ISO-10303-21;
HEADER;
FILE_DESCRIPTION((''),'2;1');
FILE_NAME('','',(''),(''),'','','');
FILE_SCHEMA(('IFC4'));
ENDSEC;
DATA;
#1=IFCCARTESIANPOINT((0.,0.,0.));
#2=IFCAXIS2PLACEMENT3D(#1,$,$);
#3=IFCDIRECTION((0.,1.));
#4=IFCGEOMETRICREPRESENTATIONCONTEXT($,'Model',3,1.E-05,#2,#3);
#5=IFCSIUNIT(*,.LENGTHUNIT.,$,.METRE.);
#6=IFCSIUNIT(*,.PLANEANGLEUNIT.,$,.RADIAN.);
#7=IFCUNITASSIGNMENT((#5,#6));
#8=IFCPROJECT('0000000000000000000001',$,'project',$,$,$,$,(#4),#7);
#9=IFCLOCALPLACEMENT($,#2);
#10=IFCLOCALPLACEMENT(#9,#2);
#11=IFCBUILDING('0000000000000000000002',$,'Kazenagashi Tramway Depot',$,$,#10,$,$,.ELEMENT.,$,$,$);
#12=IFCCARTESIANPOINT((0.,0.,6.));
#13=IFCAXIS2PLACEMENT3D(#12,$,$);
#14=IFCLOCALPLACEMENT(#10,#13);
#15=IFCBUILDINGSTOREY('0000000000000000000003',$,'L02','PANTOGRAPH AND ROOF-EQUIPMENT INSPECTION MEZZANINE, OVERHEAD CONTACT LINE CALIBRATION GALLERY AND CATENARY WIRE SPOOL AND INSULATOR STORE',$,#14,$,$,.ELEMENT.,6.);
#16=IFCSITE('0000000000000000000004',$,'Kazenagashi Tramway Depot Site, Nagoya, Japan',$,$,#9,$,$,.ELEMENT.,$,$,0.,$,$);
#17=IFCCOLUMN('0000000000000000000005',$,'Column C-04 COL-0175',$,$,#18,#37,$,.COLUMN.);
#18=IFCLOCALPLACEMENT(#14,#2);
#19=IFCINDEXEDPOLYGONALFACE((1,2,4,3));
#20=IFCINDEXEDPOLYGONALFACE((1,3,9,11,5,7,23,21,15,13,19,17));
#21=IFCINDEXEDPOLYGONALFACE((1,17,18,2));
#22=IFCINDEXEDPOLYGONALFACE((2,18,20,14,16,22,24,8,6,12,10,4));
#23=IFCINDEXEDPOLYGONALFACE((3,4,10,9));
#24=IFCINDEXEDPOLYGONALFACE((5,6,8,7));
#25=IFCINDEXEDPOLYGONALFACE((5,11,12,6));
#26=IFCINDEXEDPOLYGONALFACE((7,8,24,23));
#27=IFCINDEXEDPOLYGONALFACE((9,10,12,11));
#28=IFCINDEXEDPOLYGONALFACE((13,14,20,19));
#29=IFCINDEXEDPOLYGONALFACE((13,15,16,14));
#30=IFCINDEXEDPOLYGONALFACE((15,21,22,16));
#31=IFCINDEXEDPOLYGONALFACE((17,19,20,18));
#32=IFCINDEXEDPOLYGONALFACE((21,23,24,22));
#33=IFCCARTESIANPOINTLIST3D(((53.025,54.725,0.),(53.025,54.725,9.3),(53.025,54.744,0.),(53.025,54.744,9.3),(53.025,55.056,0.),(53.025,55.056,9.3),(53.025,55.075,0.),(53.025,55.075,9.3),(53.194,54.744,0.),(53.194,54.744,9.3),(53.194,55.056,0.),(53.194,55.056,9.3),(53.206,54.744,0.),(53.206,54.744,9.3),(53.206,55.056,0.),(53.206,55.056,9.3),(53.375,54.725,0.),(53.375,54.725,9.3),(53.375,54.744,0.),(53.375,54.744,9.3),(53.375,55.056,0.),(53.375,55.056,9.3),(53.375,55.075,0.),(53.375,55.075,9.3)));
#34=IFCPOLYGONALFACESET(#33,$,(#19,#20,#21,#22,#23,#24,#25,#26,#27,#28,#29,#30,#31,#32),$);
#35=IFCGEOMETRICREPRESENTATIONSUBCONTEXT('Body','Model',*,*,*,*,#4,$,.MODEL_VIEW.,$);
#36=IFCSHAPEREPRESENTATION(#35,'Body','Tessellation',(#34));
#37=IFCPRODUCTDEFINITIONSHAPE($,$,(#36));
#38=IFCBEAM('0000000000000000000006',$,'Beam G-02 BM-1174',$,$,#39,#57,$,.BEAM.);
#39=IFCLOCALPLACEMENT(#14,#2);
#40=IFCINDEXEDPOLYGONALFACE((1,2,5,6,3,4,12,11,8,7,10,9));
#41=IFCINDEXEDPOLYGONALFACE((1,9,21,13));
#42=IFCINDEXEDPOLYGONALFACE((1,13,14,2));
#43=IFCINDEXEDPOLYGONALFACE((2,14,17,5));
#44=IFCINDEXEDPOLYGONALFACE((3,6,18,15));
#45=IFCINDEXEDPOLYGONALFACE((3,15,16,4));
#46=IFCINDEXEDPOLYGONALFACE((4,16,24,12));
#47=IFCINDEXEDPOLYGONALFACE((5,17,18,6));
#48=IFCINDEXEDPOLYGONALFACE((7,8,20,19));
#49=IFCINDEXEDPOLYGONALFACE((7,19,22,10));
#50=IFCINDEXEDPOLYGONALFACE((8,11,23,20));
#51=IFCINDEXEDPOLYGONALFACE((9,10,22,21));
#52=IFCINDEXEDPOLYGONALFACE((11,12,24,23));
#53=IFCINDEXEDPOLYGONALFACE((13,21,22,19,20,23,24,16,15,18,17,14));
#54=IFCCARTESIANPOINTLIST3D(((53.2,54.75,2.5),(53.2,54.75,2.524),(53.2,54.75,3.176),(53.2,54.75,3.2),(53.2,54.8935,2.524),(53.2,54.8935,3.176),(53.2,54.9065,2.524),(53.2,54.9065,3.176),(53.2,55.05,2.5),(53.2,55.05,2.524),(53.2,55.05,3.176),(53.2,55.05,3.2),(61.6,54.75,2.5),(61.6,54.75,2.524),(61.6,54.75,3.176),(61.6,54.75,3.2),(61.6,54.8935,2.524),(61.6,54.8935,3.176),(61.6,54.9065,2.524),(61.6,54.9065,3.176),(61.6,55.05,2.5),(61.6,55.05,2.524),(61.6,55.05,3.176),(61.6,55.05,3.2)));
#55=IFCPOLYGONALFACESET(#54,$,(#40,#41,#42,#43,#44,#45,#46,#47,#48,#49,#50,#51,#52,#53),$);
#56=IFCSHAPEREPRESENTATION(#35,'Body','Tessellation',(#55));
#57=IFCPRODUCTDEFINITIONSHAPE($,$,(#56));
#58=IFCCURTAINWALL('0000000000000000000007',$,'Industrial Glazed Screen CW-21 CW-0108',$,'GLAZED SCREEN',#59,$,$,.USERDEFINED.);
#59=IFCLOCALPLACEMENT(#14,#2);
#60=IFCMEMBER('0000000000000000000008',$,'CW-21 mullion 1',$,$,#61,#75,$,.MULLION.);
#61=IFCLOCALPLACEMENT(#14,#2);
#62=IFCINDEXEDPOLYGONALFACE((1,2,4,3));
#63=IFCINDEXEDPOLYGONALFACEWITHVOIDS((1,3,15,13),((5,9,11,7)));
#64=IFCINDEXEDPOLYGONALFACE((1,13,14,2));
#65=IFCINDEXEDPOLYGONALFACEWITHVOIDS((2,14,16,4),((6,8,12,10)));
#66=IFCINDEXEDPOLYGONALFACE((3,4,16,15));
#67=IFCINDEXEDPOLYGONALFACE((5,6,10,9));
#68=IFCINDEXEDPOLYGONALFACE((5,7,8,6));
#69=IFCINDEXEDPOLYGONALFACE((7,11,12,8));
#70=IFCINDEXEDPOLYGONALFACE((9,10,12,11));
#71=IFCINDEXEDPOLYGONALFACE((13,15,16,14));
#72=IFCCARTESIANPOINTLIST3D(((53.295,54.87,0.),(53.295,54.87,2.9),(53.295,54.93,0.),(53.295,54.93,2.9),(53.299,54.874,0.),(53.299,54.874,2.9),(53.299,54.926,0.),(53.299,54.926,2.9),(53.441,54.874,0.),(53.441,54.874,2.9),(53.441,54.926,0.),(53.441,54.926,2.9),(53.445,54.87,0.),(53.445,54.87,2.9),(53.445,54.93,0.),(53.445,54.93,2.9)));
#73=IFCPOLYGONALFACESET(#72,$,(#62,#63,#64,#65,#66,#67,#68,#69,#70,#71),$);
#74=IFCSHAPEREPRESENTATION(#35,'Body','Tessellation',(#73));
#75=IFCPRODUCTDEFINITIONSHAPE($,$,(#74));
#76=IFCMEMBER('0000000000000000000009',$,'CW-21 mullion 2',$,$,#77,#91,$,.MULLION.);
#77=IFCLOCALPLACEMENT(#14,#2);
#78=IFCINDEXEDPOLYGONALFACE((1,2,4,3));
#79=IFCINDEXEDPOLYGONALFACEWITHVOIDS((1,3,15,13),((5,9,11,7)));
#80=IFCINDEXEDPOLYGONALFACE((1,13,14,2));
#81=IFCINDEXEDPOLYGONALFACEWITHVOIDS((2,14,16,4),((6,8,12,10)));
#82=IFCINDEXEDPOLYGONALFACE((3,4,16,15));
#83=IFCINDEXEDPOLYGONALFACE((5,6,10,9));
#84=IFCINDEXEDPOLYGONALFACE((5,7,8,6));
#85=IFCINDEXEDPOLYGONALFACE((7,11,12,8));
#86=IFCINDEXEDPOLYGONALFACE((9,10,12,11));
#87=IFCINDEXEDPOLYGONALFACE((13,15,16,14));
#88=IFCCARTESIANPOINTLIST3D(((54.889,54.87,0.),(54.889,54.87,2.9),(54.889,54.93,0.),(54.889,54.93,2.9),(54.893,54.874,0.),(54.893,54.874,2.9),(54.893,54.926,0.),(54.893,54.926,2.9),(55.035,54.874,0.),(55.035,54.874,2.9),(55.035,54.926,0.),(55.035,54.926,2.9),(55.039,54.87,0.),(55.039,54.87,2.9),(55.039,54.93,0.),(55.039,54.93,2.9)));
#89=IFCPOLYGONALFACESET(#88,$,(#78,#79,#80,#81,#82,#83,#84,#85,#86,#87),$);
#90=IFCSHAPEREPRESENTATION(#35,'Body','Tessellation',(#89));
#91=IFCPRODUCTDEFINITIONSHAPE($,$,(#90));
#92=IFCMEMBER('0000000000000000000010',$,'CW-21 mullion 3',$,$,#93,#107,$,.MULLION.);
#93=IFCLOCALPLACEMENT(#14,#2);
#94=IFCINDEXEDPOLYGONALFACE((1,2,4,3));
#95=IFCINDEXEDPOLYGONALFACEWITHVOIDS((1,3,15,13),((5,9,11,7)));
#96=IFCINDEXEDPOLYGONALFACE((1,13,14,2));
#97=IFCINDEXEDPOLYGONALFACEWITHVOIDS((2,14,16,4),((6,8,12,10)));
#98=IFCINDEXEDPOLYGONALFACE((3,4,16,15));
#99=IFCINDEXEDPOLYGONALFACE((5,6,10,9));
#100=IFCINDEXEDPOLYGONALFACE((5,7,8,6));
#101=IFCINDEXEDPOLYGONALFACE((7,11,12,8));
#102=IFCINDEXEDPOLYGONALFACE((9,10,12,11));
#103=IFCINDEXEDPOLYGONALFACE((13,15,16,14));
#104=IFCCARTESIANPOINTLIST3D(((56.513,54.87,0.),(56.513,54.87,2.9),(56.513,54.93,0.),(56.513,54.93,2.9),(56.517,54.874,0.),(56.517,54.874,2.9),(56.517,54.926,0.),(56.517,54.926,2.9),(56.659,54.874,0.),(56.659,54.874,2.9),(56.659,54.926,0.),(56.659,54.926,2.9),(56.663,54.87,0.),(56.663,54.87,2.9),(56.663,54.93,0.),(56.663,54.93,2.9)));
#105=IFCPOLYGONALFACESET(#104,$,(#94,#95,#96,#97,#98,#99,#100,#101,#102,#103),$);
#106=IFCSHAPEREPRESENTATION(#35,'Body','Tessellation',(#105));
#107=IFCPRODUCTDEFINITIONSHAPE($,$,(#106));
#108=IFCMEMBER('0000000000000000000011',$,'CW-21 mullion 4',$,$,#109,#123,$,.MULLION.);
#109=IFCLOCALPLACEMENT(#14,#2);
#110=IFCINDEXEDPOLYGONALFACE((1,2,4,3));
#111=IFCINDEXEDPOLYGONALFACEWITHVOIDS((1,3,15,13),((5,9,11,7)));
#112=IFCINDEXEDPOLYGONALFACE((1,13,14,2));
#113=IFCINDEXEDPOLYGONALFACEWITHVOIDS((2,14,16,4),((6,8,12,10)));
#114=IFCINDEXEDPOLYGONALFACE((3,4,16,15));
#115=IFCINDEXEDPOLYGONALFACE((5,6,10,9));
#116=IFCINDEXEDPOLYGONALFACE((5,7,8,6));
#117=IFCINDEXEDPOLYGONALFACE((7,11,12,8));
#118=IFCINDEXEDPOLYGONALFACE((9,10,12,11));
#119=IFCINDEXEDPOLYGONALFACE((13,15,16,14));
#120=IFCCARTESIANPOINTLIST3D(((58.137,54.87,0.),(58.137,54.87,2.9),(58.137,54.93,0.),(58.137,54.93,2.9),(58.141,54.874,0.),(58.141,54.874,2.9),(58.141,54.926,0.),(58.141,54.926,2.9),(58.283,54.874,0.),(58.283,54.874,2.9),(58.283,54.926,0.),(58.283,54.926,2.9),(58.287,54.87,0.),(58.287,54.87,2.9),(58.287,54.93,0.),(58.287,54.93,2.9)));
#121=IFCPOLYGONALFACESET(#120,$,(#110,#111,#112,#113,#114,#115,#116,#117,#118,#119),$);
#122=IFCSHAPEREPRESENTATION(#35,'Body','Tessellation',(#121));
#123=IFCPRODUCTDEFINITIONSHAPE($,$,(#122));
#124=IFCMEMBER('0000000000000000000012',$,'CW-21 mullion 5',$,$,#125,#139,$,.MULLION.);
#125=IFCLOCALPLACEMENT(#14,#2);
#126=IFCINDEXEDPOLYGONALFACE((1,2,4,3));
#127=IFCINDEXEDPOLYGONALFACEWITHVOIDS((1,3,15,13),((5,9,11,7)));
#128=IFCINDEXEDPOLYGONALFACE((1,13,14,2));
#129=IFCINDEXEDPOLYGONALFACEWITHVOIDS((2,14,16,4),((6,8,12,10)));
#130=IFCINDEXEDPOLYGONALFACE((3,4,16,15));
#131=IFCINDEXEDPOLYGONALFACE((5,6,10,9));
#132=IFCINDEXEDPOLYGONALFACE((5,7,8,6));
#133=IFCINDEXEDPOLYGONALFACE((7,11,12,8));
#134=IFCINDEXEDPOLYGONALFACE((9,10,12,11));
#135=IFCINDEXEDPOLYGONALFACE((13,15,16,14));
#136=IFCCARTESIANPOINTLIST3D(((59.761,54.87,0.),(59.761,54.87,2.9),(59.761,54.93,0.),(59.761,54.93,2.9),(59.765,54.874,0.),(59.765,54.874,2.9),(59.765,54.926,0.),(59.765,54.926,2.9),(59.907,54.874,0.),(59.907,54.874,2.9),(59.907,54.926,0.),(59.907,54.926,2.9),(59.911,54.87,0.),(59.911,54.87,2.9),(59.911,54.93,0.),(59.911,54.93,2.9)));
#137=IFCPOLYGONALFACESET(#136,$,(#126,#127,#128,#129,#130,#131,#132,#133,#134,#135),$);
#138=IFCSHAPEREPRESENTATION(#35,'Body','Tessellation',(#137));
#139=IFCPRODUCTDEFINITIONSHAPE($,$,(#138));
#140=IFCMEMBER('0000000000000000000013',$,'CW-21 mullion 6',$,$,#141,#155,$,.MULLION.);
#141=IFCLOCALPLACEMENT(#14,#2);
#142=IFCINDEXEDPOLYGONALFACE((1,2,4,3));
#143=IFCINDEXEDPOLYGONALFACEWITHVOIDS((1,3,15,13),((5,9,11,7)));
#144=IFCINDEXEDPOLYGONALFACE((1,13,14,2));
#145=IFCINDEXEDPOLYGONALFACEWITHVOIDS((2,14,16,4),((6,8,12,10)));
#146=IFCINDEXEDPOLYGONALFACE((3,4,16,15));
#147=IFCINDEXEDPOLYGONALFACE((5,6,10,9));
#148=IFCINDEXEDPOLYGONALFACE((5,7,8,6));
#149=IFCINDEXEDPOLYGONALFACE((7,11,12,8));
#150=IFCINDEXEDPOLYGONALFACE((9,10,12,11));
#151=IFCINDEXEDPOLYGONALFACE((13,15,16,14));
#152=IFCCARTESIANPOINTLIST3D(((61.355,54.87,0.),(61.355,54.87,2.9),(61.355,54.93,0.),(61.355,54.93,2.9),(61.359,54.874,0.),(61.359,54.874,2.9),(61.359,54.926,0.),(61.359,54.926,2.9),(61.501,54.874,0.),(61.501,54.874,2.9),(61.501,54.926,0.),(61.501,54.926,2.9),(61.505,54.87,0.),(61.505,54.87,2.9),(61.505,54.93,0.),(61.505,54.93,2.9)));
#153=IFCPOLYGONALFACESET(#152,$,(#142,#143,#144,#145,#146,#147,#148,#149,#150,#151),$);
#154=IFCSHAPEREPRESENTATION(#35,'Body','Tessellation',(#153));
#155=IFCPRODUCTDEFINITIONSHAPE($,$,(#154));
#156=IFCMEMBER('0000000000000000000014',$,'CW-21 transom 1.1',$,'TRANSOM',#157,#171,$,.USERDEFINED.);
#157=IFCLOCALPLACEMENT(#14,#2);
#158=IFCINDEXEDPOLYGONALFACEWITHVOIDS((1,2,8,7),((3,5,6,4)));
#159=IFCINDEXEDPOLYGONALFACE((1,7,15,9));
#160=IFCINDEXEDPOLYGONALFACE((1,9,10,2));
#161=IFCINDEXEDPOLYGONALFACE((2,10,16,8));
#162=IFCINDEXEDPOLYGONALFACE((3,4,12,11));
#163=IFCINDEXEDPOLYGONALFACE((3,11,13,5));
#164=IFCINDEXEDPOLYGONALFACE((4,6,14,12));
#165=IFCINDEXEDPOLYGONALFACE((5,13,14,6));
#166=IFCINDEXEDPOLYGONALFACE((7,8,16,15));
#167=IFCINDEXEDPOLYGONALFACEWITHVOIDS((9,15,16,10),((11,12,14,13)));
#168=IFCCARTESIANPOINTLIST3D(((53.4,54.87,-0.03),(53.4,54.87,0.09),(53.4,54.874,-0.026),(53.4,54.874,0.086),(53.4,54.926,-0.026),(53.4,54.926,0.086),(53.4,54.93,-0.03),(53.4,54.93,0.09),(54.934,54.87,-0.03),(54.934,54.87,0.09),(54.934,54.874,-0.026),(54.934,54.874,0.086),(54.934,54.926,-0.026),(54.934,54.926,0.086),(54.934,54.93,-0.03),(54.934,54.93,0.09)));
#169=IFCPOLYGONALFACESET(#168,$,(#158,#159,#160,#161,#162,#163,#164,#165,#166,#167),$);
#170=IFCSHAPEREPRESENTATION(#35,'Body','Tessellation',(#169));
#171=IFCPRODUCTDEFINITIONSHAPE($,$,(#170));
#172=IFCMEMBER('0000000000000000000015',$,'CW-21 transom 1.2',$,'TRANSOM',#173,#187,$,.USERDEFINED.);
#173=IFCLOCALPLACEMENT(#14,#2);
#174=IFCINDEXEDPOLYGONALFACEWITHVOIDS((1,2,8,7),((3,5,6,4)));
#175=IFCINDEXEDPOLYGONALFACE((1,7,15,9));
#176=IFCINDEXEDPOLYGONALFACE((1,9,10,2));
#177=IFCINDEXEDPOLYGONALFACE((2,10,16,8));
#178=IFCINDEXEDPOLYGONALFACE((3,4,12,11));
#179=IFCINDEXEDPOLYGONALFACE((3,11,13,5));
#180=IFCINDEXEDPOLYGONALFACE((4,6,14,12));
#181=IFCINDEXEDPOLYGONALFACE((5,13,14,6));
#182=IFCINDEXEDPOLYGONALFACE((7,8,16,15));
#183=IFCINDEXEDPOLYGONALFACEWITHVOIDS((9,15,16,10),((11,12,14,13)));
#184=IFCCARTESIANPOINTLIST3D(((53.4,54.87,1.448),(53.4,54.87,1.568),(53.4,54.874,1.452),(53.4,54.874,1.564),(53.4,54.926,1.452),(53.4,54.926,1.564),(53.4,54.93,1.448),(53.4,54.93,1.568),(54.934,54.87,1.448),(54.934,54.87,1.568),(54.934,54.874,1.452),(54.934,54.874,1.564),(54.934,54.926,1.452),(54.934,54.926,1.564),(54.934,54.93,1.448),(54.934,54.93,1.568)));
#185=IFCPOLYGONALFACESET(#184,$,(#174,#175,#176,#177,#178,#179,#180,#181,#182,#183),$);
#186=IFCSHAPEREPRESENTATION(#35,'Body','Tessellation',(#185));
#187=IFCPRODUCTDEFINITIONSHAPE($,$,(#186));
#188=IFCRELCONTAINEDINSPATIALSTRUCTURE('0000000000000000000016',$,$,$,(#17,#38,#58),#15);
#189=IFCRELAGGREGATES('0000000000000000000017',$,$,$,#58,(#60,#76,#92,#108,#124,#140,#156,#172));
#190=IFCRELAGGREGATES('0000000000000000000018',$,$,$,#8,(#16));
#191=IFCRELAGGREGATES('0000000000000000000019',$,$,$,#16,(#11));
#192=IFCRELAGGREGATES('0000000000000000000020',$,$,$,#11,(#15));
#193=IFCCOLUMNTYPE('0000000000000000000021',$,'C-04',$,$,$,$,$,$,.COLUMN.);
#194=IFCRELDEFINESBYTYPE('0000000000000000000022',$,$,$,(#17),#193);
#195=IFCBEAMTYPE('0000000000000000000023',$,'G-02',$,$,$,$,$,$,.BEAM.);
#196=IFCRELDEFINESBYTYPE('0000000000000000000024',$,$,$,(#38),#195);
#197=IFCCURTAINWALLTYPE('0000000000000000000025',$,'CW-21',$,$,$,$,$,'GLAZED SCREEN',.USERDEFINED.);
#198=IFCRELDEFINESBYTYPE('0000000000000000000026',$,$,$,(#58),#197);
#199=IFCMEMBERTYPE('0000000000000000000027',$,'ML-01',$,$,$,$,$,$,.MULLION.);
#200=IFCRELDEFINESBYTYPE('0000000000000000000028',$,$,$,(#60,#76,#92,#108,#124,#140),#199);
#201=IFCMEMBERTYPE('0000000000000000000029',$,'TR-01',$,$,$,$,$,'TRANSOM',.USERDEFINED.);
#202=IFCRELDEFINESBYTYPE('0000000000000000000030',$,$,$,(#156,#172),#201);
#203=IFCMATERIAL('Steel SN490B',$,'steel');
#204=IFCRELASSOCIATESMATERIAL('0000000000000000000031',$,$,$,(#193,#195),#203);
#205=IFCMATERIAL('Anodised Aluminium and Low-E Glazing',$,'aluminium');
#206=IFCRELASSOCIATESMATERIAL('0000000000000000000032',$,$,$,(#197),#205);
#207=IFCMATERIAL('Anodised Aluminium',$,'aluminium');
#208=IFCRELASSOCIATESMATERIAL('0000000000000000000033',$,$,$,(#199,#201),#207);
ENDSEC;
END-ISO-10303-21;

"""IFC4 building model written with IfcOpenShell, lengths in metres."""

from ifc_helpers import new_model, si_unit, direction, frame, origin, origin_2d, place, context, subcontext, project, spatial, hollow_rectangle, i_section, extrude, material, material_profile, profile_set, type_object, element, aggregate, save


model = new_model("IFC4")

# Units and contexts
model_context = context("Model", 3, precision=1e-05, world=origin(), true_north=direction((0.0, 1.0)))
body_context = subcontext(model_context, "Body", "Model", "MODEL_VIEW")
ifc_project = project(units=[si_unit("LENGTHUNIT", "METRE"), si_unit("PLANEANGLEUNIT", "RADIAN")], contexts=[model_context])

# Site, building, storey
site_placement = place(None, origin())
site = spatial("IfcSite", under=ifc_project, at=site_placement, Name="Kazenagashi Tramway Depot Site, Nagoya, Japan", CompositionType="ELEMENT", RefElevation=0.0)
building_placement = place(site_placement, origin())
building = spatial("IfcBuilding", under=site, at=building_placement, Name="Kazenagashi Tramway Depot", CompositionType="ELEMENT")
storey_placement = place(building_placement, frame((0.0, 0.0, 6.0)))
storey = spatial("IfcBuildingStorey", under=building, at=storey_placement, Name="L02", Description="PANTOGRAPH AND ROOF-EQUIPMENT INSPECTION MEZZANINE, OVERHEAD CONTACT LINE CALIBRATION GALLERY AND CATENARY WIRE SPOOL AND INSULATOR STORE", CompositionType="ELEMENT", Elevation=6.0)

# Column
ifc_material_1 = material(Name="Steel SN490B", Category="steel")
ifc_material_profile_1 = material_profile(ifc_material_1, i_section(OverallWidth=0.35, OverallDepth=0.35, WebThickness=0.012, FlangeThickness=0.019, at=origin_2d()), Name="H-350x350x12x19")
ifc_profile_set_1 = profile_set([ifc_material_profile_1], Name="Steel SN490B")
column_type = type_object("IfcColumnType", Name="C-04", PredefinedType="COLUMN", material=ifc_profile_set_1)
column_placement = place(storey_placement, frame((53.2, 54.9, 0.0), z_axis=(0.0, 0.0, 1.0), x_axis=(1.0, 0.0, 0.0)))
element("IfcColumn", 1, at=column_placement, inside=storey, type_object=column_type, Name="Column C-04 COL-0175", PredefinedType="COLUMN", context=body_context, shape_type="SweptSolid", body=[
    extrude(i_section(OverallWidth=0.35, OverallDepth=0.35, WebThickness=0.012, FlangeThickness=0.019, at=origin_2d()), origin(), (0.0, 0.0, 1.0), 9.3),
])

# Beam
ifc_material_profile_2 = material_profile(ifc_material_1, i_section(OverallWidth=0.3, OverallDepth=0.7, WebThickness=0.013, FlangeThickness=0.024, at=origin_2d()), Name="H-700x300x13x24")
ifc_profile_set_2 = profile_set([ifc_material_profile_2], Name="Steel SN490B")
beam_type = type_object("IfcBeamType", Name="G-02", PredefinedType="BEAM", material=ifc_profile_set_2)
beam_placement = place(storey_placement, frame((53.2, 54.9, 2.85), z_axis=(1.0, 0.0, 0.0), x_axis=(0.0, 1.0, 0.0)))
element("IfcBeam", 2, at=beam_placement, inside=storey, type_object=beam_type, Name="Beam G-02 BM-1174", PredefinedType="BEAM", context=body_context, shape_type="SweptSolid", body=[
    extrude(i_section(OverallWidth=0.3, OverallDepth=0.7, WebThickness=0.013, FlangeThickness=0.024, at=origin_2d()), origin(), (0.0, 0.0, 1.0), 8.4),
])

# Curtain wall, members
ifc_material_2 = material(Name="Anodised Aluminium and Low-E Glazing", Category="aluminium")
curtain_wall_type = type_object("IfcCurtainWallType", Name="CW-21", ElementType="GLAZED SCREEN", PredefinedType="USERDEFINED", material=ifc_material_2)
curtain_wall_placement = place(storey_placement, origin())
curtain_wall = element("IfcCurtainWall", 3, at=curtain_wall_placement, inside=storey, type_object=curtain_wall_type, Name="Industrial Glazed Screen CW-21 CW-0108", ObjectType="GLAZED SCREEN", PredefinedType="USERDEFINED")
ifc_material_3 = material(Name="Anodised Aluminium", Category="aluminium")
ifc_material_profile_3 = material_profile(ifc_material_3, hollow_rectangle(XDim=0.06, YDim=0.15, WallThickness=0.004, at=origin_2d()), Name="RHS-150x60x4")
ifc_profile_set_3 = profile_set([ifc_material_profile_3], Name="Anodised Aluminium")
member_type_1 = type_object("IfcMemberType", Name="ML-01", PredefinedType="MULLION", material=ifc_profile_set_3)
member_1_placement = place(storey_placement, frame((53.37, 54.9, 0.0), z_axis=(0.0, 0.0, 1.0), x_axis=(0.0, 1.0, 0.0)))
member_1 = element("IfcMember", 4, at=member_1_placement, type_object=member_type_1, Name="CW-21 mullion 1", PredefinedType="MULLION", context=body_context, shape_type="SweptSolid", body=[
    extrude(hollow_rectangle(XDim=0.06, YDim=0.15, WallThickness=0.004, at=origin_2d()), origin(), (0.0, 0.0, 1.0), 2.9),
])
member_2_placement = place(storey_placement, frame((54.964, 54.9, 0.0), z_axis=(0.0, 0.0, 1.0), x_axis=(0.0, 1.0, 0.0)))
member_2 = element("IfcMember", 5, at=member_2_placement, type_object=member_type_1, Name="CW-21 mullion 2", PredefinedType="MULLION", context=body_context, shape_type="SweptSolid", body=[
    extrude(hollow_rectangle(XDim=0.06, YDim=0.15, WallThickness=0.004, at=origin_2d()), origin(), (0.0, 0.0, 1.0), 2.9),
])
member_3_placement = place(storey_placement, frame((56.588, 54.9, 0.0), z_axis=(0.0, 0.0, 1.0), x_axis=(0.0, 1.0, 0.0)))
member_3 = element("IfcMember", 6, at=member_3_placement, type_object=member_type_1, Name="CW-21 mullion 3", PredefinedType="MULLION", context=body_context, shape_type="SweptSolid", body=[
    extrude(hollow_rectangle(XDim=0.06, YDim=0.15, WallThickness=0.004, at=origin_2d()), origin(), (0.0, 0.0, 1.0), 2.9),
])
member_4_placement = place(storey_placement, frame((58.212, 54.9, 0.0), z_axis=(0.0, 0.0, 1.0), x_axis=(0.0, 1.0, 0.0)))
member_4 = element("IfcMember", 7, at=member_4_placement, type_object=member_type_1, Name="CW-21 mullion 4", PredefinedType="MULLION", context=body_context, shape_type="SweptSolid", body=[
    extrude(hollow_rectangle(XDim=0.06, YDim=0.15, WallThickness=0.004, at=origin_2d()), origin(), (0.0, 0.0, 1.0), 2.9),
])
member_5_placement = place(storey_placement, frame((59.836, 54.9, 0.0), z_axis=(0.0, 0.0, 1.0), x_axis=(0.0, 1.0, 0.0)))
member_5 = element("IfcMember", 8, at=member_5_placement, type_object=member_type_1, Name="CW-21 mullion 5", PredefinedType="MULLION", context=body_context, shape_type="SweptSolid", body=[
    extrude(hollow_rectangle(XDim=0.06, YDim=0.15, WallThickness=0.004, at=origin_2d()), origin(), (0.0, 0.0, 1.0), 2.9),
])
member_6_placement = place(storey_placement, frame((61.43, 54.9, 0.0), z_axis=(0.0, 0.0, 1.0), x_axis=(0.0, 1.0, 0.0)))
member_6 = element("IfcMember", 9, at=member_6_placement, type_object=member_type_1, Name="CW-21 mullion 6", PredefinedType="MULLION", context=body_context, shape_type="SweptSolid", body=[
    extrude(hollow_rectangle(XDim=0.06, YDim=0.15, WallThickness=0.004, at=origin_2d()), origin(), (0.0, 0.0, 1.0), 2.9),
])
ifc_material_profile_4 = material_profile(ifc_material_3, hollow_rectangle(XDim=0.06, YDim=0.12, WallThickness=0.004, at=origin_2d()), Name="RHS-120x60x4")
ifc_profile_set_4 = profile_set([ifc_material_profile_4], Name="Anodised Aluminium")
member_type_2 = type_object("IfcMemberType", Name="TR-01", ElementType="TRANSOM", PredefinedType="USERDEFINED", material=ifc_profile_set_4)
member_7_placement = place(storey_placement, frame((53.4, 54.9, 0.03), z_axis=(1.0, 0.0, 0.0), x_axis=(0.0, 1.0, 0.0)))
member_7 = element("IfcMember", 10, at=member_7_placement, type_object=member_type_2, Name="CW-21 transom 1.1", ObjectType="TRANSOM", PredefinedType="USERDEFINED", context=body_context, shape_type="SweptSolid", body=[
    extrude(hollow_rectangle(XDim=0.06, YDim=0.12, WallThickness=0.004, at=origin_2d()), origin(), (0.0, 0.0, 1.0), 1.534),
])
member_8_placement = place(storey_placement, frame((53.4, 54.9, 1.508), z_axis=(1.0, 0.0, 0.0), x_axis=(0.0, 1.0, 0.0)))
member_8 = element("IfcMember", 11, at=member_8_placement, type_object=member_type_2, Name="CW-21 transom 1.2", ObjectType="TRANSOM", PredefinedType="USERDEFINED", context=body_context, shape_type="SweptSolid", body=[
    extrude(hollow_rectangle(XDim=0.06, YDim=0.12, WallThickness=0.004, at=origin_2d()), origin(), (0.0, 0.0, 1.0), 1.534),
])
aggregate(curtain_wall, [member_1, member_2, member_3, member_4, member_5, member_6, member_7, member_8])

save(model, "model.ifc")
